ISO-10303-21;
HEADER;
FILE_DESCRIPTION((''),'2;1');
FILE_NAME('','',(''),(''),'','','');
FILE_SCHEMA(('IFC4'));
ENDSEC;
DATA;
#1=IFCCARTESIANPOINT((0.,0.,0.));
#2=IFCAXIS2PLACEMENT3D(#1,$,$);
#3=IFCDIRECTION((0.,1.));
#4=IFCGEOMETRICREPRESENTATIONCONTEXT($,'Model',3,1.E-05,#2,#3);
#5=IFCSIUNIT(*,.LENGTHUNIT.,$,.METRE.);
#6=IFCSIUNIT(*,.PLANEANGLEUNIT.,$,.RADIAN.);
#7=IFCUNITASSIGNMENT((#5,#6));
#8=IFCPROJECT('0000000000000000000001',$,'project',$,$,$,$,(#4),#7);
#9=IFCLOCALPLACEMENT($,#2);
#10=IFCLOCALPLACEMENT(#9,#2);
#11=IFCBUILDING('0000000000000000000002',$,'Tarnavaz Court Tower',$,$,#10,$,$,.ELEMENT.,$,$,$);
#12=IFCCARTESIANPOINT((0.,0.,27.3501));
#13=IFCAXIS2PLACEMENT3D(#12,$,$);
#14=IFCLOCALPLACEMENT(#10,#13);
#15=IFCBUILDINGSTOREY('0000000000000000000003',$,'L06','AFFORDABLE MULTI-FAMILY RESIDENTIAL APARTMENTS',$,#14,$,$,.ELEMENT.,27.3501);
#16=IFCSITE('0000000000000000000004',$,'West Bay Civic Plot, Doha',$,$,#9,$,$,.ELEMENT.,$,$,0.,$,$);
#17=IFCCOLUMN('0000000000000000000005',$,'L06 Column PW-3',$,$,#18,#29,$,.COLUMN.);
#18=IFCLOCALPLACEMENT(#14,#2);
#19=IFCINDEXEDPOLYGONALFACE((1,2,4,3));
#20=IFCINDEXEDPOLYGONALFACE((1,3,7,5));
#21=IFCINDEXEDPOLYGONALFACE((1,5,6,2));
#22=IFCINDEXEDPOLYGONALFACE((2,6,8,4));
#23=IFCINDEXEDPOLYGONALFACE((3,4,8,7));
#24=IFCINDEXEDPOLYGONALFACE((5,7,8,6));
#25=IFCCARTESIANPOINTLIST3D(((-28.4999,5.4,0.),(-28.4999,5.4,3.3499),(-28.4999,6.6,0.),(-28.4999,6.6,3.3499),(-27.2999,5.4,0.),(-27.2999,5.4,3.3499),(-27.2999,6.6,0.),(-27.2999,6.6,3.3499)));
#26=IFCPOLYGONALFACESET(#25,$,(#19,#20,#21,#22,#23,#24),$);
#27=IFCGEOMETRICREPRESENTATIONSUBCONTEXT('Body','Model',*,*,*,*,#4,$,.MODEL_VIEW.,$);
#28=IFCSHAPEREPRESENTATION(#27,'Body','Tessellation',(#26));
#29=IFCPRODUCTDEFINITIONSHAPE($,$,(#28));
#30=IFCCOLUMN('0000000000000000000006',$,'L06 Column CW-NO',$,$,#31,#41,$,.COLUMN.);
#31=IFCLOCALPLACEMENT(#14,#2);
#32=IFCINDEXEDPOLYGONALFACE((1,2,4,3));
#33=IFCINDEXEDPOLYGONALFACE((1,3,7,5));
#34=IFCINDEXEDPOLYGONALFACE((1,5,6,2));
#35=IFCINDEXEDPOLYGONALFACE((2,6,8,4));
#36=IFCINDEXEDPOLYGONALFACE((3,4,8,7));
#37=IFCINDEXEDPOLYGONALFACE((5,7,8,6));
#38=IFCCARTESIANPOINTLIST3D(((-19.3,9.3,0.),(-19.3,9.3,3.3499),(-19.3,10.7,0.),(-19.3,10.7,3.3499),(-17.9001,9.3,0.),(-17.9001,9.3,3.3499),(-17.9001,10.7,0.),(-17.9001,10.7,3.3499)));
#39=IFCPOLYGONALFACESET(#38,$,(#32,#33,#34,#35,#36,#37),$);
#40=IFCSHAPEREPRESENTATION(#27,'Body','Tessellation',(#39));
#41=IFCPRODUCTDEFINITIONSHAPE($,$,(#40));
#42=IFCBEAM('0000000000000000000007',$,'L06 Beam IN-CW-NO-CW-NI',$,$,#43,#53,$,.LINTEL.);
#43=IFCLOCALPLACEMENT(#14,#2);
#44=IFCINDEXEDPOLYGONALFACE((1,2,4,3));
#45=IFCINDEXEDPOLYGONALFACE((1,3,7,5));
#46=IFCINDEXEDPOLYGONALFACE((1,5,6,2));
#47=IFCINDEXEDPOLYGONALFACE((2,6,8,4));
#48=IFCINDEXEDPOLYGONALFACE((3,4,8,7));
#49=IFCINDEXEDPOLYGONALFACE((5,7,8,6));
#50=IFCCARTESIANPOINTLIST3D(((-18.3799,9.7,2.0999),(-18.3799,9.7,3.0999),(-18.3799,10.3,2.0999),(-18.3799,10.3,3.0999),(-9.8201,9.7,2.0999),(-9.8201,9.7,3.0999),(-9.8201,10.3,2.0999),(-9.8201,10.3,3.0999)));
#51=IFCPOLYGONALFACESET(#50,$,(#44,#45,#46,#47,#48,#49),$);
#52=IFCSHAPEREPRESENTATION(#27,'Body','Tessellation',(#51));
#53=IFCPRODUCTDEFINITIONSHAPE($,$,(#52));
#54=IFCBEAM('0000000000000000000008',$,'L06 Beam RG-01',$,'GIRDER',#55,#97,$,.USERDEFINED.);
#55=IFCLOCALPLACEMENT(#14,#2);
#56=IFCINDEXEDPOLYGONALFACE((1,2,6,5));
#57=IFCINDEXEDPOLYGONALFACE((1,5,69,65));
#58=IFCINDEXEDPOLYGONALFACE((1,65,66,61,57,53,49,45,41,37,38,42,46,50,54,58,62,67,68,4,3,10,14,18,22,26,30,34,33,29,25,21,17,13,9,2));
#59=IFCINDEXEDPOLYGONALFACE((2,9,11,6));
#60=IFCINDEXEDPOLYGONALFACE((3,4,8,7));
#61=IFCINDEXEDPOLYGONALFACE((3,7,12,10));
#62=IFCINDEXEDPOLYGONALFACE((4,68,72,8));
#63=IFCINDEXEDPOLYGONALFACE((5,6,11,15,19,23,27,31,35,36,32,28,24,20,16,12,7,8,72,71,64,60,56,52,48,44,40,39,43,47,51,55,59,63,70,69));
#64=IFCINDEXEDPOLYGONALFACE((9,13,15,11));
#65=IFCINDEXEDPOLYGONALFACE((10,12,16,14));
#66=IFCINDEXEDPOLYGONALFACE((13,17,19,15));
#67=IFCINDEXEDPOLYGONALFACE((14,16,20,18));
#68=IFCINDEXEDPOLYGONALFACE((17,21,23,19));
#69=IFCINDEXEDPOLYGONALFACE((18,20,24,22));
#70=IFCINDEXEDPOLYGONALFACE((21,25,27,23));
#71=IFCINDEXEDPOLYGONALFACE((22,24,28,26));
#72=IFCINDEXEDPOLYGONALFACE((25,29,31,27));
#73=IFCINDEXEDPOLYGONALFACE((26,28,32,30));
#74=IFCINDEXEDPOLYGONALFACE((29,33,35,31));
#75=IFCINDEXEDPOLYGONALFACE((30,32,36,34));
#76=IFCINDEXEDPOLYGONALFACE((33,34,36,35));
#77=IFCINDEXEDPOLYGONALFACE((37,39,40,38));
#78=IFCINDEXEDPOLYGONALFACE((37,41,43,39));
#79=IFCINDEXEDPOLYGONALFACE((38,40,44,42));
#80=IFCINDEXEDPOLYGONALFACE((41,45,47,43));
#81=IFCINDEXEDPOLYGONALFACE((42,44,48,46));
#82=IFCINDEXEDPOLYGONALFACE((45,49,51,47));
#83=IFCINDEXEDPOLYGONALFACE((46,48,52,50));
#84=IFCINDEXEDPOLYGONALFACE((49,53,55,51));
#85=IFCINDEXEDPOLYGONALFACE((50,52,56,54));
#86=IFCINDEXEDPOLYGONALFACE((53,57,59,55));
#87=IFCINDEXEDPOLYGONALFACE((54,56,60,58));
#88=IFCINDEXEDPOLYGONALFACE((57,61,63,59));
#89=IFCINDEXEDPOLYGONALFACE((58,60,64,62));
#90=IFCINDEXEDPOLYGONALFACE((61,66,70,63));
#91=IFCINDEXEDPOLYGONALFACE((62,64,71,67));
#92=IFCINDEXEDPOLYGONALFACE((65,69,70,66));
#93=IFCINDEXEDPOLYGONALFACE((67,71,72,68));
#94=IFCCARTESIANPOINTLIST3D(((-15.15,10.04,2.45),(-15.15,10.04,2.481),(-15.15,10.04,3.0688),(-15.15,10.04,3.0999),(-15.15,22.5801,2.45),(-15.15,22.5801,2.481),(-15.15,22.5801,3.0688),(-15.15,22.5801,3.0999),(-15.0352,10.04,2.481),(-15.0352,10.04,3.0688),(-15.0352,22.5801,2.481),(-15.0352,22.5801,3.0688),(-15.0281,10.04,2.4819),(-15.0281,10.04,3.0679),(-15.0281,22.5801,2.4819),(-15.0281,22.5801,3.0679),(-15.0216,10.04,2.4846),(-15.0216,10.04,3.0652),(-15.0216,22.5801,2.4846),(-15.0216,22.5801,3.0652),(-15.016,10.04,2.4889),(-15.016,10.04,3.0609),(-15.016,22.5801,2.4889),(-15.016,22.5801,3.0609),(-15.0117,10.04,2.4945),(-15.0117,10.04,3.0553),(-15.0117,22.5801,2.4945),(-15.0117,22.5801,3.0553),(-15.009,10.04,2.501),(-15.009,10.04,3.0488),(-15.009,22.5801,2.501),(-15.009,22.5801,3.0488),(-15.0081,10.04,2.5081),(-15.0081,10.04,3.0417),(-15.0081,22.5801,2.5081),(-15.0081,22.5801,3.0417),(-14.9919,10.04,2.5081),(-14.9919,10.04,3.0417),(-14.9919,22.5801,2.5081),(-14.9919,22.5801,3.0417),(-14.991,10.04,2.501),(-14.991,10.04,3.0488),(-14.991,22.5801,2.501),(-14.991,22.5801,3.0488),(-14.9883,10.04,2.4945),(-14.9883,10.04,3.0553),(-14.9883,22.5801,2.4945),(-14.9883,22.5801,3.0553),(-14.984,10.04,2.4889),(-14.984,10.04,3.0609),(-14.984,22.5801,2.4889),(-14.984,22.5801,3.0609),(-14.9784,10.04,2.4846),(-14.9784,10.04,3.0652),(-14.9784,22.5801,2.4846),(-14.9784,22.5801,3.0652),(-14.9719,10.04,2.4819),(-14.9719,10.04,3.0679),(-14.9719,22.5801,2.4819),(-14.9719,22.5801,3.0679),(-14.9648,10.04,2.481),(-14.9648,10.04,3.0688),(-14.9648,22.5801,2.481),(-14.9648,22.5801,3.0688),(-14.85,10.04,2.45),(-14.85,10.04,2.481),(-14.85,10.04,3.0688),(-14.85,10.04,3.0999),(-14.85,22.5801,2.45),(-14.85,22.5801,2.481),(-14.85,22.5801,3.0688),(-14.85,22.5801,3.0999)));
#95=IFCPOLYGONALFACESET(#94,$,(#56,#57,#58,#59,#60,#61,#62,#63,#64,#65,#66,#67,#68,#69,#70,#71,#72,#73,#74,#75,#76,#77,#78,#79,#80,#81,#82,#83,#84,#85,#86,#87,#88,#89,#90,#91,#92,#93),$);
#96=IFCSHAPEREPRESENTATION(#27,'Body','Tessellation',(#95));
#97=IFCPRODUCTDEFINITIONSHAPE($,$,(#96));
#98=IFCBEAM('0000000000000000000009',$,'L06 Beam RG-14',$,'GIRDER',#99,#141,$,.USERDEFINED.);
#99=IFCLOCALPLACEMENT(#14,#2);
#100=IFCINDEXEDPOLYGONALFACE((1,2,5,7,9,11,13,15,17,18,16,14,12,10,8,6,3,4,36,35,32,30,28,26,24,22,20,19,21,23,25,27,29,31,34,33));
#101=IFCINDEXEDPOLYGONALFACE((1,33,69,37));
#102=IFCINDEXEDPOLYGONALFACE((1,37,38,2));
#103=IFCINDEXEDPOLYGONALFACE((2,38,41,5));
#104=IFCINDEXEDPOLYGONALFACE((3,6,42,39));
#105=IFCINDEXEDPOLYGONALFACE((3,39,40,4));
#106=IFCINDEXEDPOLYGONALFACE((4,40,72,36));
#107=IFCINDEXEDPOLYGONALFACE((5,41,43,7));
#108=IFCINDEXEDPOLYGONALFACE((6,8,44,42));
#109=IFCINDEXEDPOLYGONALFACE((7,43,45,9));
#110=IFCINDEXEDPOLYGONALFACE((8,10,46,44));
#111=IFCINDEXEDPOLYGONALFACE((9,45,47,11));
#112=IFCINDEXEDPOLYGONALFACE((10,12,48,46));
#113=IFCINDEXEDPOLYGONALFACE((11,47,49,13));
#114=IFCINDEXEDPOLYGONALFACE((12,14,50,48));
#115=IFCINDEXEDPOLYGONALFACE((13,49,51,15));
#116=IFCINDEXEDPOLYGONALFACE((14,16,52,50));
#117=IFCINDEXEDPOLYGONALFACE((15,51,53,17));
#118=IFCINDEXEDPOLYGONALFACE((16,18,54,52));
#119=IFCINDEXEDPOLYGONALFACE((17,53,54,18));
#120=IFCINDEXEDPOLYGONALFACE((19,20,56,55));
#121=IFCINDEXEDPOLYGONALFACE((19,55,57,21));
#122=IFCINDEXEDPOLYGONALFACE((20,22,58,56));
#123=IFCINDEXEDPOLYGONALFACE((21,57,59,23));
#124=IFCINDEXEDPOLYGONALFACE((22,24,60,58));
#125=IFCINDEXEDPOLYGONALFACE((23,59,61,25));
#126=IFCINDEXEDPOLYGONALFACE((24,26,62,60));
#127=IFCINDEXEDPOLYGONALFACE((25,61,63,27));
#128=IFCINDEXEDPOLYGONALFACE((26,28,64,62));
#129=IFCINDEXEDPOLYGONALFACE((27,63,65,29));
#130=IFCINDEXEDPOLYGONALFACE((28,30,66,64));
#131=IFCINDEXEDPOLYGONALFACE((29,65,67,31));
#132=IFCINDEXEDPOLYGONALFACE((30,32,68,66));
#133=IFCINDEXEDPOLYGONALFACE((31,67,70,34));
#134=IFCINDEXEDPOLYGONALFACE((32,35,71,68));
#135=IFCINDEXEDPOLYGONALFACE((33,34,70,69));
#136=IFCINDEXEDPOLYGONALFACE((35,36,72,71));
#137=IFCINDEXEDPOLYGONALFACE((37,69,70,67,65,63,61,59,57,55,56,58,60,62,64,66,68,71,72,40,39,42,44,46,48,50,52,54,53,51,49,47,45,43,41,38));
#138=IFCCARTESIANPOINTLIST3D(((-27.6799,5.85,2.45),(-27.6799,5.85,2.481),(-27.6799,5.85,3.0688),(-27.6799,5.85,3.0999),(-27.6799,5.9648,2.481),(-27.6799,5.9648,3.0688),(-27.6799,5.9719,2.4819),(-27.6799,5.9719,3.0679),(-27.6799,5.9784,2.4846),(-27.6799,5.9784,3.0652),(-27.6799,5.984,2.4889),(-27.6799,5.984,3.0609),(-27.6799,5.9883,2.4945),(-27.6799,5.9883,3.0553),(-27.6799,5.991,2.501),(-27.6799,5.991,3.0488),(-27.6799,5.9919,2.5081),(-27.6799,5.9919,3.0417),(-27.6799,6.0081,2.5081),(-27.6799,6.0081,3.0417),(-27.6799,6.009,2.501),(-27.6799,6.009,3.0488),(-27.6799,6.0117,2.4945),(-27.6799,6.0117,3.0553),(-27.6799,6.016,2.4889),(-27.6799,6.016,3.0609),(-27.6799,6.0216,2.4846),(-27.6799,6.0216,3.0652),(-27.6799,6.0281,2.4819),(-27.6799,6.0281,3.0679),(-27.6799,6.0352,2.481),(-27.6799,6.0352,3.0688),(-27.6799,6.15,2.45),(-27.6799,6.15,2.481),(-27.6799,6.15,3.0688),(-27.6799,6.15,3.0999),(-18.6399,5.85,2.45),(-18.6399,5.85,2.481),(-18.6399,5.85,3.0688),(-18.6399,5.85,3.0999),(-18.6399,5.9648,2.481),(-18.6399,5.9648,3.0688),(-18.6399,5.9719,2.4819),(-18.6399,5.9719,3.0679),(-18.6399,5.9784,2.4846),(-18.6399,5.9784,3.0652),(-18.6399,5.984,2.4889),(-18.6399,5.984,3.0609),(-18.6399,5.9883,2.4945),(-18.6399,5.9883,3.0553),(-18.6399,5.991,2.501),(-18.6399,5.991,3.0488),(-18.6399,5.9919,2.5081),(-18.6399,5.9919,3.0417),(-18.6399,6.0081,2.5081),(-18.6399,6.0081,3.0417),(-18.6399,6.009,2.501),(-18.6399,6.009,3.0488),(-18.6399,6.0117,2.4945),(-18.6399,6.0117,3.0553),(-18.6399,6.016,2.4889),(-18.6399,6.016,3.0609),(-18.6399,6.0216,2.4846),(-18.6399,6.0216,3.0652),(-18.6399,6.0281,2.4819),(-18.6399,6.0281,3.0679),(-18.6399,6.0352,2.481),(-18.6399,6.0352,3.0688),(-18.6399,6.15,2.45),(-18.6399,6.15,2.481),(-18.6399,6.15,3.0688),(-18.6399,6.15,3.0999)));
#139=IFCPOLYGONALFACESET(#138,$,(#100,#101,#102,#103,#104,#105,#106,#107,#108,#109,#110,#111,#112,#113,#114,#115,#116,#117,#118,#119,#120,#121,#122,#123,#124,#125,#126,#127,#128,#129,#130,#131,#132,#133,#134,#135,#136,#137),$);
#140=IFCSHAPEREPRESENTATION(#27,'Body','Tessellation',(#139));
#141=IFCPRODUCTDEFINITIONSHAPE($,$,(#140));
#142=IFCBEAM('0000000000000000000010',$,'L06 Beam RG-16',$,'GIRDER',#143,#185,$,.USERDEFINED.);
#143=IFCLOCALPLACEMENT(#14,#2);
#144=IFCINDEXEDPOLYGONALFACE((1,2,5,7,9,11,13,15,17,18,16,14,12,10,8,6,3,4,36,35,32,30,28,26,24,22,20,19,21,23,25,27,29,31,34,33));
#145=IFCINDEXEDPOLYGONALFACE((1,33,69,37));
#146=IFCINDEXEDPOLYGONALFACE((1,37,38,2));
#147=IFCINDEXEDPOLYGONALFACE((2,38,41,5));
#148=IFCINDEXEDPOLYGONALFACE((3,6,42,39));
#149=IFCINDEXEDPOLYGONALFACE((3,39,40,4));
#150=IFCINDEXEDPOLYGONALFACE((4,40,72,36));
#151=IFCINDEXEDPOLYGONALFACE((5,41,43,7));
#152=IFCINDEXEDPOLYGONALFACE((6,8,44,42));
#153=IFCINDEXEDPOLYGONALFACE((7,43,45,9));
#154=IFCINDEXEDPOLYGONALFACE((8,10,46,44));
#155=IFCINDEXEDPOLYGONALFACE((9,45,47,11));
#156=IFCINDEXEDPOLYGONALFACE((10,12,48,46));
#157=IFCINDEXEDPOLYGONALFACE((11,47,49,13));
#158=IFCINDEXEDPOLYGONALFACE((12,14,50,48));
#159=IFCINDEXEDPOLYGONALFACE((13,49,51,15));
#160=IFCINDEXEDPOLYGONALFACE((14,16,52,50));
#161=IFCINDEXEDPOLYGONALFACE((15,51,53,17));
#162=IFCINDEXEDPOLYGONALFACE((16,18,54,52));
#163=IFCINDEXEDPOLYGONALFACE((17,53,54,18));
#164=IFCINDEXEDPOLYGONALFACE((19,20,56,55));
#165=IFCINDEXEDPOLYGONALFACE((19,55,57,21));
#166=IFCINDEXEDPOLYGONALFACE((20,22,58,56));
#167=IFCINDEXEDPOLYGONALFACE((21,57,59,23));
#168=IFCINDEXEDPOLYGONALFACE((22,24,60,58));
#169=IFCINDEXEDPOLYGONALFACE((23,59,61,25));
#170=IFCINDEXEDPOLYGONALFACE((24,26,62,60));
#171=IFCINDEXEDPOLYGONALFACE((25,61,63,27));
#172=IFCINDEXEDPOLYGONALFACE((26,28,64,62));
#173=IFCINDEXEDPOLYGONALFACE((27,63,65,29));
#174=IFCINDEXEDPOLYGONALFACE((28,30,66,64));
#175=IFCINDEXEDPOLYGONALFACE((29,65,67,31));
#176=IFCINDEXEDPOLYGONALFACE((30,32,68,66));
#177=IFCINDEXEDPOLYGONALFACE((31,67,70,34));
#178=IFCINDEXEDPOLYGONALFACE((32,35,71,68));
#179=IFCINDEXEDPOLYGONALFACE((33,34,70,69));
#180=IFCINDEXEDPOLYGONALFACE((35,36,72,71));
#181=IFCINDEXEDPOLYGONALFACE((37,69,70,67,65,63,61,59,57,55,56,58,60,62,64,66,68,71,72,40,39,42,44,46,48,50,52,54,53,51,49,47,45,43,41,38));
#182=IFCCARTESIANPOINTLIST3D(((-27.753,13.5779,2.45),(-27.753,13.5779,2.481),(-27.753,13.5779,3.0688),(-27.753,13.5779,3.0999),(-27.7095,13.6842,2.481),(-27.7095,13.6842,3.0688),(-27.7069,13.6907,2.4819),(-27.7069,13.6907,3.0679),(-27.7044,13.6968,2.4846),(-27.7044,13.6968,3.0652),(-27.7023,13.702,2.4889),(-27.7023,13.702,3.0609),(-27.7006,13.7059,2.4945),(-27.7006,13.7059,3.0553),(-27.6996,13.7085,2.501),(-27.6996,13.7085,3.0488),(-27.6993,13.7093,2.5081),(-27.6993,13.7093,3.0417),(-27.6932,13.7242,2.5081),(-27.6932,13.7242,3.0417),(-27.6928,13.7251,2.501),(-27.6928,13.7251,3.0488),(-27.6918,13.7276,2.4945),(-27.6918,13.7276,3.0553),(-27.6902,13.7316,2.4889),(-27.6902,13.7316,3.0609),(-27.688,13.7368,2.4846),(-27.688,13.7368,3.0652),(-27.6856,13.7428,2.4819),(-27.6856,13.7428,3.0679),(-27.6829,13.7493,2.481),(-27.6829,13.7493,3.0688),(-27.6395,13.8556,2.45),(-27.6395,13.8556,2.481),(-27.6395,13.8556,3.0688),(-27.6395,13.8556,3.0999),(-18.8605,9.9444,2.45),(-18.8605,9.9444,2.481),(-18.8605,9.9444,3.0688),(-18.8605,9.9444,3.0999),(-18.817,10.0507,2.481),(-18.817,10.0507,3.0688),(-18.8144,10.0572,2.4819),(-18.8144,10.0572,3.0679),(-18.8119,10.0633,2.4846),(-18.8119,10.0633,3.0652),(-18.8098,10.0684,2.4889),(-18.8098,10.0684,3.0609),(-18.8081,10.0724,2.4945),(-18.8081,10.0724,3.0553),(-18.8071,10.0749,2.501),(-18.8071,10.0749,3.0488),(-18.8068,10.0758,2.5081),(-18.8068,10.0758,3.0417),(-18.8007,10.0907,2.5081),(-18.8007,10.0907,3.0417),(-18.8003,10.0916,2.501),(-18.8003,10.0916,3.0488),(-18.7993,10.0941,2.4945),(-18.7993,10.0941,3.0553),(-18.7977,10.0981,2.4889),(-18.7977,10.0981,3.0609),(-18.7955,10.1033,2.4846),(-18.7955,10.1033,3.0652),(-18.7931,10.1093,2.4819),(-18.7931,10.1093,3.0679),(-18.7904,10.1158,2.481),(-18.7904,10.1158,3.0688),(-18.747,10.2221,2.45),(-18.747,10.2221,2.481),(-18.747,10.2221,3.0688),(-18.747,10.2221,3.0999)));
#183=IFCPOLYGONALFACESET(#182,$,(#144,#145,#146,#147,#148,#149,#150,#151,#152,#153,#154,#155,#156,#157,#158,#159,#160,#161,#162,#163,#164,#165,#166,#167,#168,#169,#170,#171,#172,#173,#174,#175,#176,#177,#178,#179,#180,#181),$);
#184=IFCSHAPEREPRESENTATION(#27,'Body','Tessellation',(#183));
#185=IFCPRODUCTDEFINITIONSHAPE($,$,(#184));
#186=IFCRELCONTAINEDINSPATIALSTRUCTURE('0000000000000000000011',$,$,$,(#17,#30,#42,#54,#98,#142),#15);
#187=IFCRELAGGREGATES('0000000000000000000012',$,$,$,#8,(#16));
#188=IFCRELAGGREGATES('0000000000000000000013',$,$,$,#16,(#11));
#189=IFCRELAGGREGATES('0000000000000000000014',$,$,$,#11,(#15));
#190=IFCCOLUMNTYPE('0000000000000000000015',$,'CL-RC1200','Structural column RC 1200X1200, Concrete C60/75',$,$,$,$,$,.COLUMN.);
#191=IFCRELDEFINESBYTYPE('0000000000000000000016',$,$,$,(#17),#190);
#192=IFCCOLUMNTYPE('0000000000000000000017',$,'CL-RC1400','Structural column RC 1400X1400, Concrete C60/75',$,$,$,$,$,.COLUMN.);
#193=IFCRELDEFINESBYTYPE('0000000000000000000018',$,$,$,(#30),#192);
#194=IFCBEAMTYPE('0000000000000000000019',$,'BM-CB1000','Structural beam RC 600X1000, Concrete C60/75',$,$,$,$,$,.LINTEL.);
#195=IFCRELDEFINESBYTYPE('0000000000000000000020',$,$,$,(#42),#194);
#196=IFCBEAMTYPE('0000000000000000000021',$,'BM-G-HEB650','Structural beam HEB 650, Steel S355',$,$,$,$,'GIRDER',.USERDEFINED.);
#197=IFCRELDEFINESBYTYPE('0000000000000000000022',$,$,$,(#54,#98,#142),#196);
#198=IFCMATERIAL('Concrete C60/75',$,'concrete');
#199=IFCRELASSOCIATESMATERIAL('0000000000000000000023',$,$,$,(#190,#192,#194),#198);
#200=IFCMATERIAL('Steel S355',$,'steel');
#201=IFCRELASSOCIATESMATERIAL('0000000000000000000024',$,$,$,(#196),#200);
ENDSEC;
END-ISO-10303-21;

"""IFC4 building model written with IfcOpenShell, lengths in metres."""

from ifc_helpers import new_model, si_unit, direction, frame, origin, origin_2d, place, context, subcontext, project, spatial, rectangle, i_section, extrude, material, material_profile, profile_set, type_object, element, save


model = new_model("IFC4")

# Units and contexts
model_context = context("Model", 3, precision=1e-05, world=origin(), true_north=direction((0.0, 1.0)))
body_context = subcontext(model_context, "Body", "Model", "MODEL_VIEW")
ifc_project = project(units=[si_unit("LENGTHUNIT", "METRE"), si_unit("PLANEANGLEUNIT", "RADIAN")], contexts=[model_context])

# Site, building, storey
site_placement = place(None, origin())
site = spatial("IfcSite", under=ifc_project, at=site_placement, Name="West Bay Civic Plot, Doha", CompositionType="ELEMENT", RefElevation=0.0)
building_placement = place(site_placement, origin())
building = spatial("IfcBuilding", under=site, at=building_placement, Name="Tarnavaz Court Tower", CompositionType="ELEMENT")
storey_placement = place(building_placement, frame((0.0, 0.0, 27.3501)))
storey = spatial("IfcBuildingStorey", under=building, at=storey_placement, Name="L06", Description="AFFORDABLE MULTI-FAMILY RESIDENTIAL APARTMENTS", CompositionType="ELEMENT", Elevation=27.3501)

# Columns
ifc_material_1 = material(Name="Concrete C60/75", Category="concrete")
ifc_material_profile_1 = material_profile(ifc_material_1, rectangle(XDim=1.2, YDim=1.2, at=origin_2d()), Name="RC 1200X1200")
ifc_profile_set_1 = profile_set([ifc_material_profile_1], Name="Concrete C60/75")
column_type_1 = type_object("IfcColumnType", Name="CL-RC1200", Description="Structural column RC 1200X1200, Concrete C60/75", PredefinedType="COLUMN", material=ifc_profile_set_1)
column_1_placement = place(storey_placement, frame((-27.8999, 6.0, 0.0), z_axis=(0.0, 0.0, 1.0), x_axis=(1.0, 0.0, 0.0)))
element("IfcColumn", 1, at=column_1_placement, inside=storey, type_object=column_type_1, Name="L06 Column PW-3", PredefinedType="COLUMN", context=body_context, shape_type="SweptSolid", body=[
    extrude(rectangle(XDim=1.2, YDim=1.2, at=origin_2d()), origin(), (0.0, 0.0, 1.0), 3.3499),
])
ifc_material_profile_2 = material_profile(ifc_material_1, rectangle(XDim=1.3999, YDim=1.3999, at=origin_2d()), Name="RC 1400X1400")
ifc_profile_set_2 = profile_set([ifc_material_profile_2], Name="Concrete C60/75")
column_type_2 = type_object("IfcColumnType", Name="CL-RC1400", Description="Structural column RC 1400X1400, Concrete C60/75", PredefinedType="COLUMN", material=ifc_profile_set_2)
column_2_placement = place(storey_placement, frame((-18.6001, 10.0, 0.0), z_axis=(0.0, 0.0, 1.0), x_axis=(1.0, 0.0, 0.0)))
element("IfcColumn", 2, at=column_2_placement, inside=storey, type_object=column_type_2, Name="L06 Column CW-NO", PredefinedType="COLUMN", context=body_context, shape_type="SweptSolid", body=[
    extrude(rectangle(XDim=1.3999, YDim=1.3999, at=origin_2d()), origin(), (0.0, 0.0, 1.0), 3.3499),
])

# Beams
ifc_material_profile_3 = material_profile(ifc_material_1, rectangle(XDim=0.6001, YDim=1.0, at=origin_2d()), Name="RC 600X1000")
ifc_profile_set_3 = profile_set([ifc_material_profile_3], Name="Concrete C60/75")
beam_type_1 = type_object("IfcBeamType", Name="BM-CB1000", Description="Structural beam RC 600X1000, Concrete C60/75", PredefinedType="LINTEL", material=ifc_profile_set_3)
beam_1_placement = place(storey_placement, frame((-18.3799, 10.0, 2.5999), z_axis=(1.0, 0.0, 0.0), x_axis=(0.0, 1.0, 0.0)))
element("IfcBeam", 3, at=beam_1_placement, inside=storey, type_object=beam_type_1, Name="L06 Beam IN-CW-NO-CW-NI", PredefinedType="LINTEL", context=body_context, shape_type="SweptSolid", body=[
    extrude(rectangle(XDim=0.6001, YDim=1.0, at=origin_2d()), origin(), (0.0, 0.0, 1.0), 8.5598),
])
ifc_material_2 = material(Name="Steel S355", Category="steel")
ifc_material_profile_4 = material_profile(ifc_material_2, i_section(OverallWidth=0.3, OverallDepth=0.6499, WebThickness=0.0161, FlangeThickness=0.031, FilletRadius=0.0271, at=origin_2d()), Name="HEB 650")
ifc_profile_set_4 = profile_set([ifc_material_profile_4], Name="Steel S355")
beam_type_2 = type_object("IfcBeamType", Name="BM-G-HEB650", Description="Structural beam HEB 650, Steel S355", ElementType="GIRDER", PredefinedType="USERDEFINED", material=ifc_profile_set_4)
beam_2_placement = place(storey_placement, frame((-15.0, 10.04, 2.7749), z_axis=(0.0, 1.0, 0.0), x_axis=(-1.0, 0.0, 0.0)))
element("IfcBeam", 4, at=beam_2_placement, inside=storey, type_object=beam_type_2, Name="L06 Beam RG-01", ObjectType="GIRDER", PredefinedType="USERDEFINED", context=body_context, shape_type="SweptSolid", body=[
    extrude(i_section(OverallWidth=0.3, OverallDepth=0.6499, WebThickness=0.0161, FlangeThickness=0.031, FilletRadius=0.0271, at=origin_2d()), origin(), (0.0, 0.0, 1.0), 12.54),
])
beam_3_placement = place(storey_placement, frame((-18.6399, 6.0, 2.7749), z_axis=(-1.0, 0.0, 0.0), x_axis=(0.0, -1.0, 0.0)))
element("IfcBeam", 5, at=beam_3_placement, inside=storey, type_object=beam_type_2, Name="L06 Beam RG-14", ObjectType="GIRDER", PredefinedType="USERDEFINED", context=body_context, shape_type="SweptSolid", body=[
    extrude(i_section(OverallWidth=0.3, OverallDepth=0.6499, WebThickness=0.0161, FlangeThickness=0.031, FilletRadius=0.0271, at=origin_2d()), origin(), (0.0, 0.0, 1.0), 9.04),
])
beam_4_placement = place(storey_placement, frame((-18.8037, 10.0833, 2.7749), z_axis=(-0.925705, 0.378247, 0.0), x_axis=(-0.378247, -0.925705, 0.0)))
element("IfcBeam", 6, at=beam_4_placement, inside=storey, type_object=beam_type_2, Name="L06 Beam RG-16", ObjectType="GIRDER", PredefinedType="USERDEFINED", context=body_context, shape_type="SweptSolid", body=[
    extrude(i_section(OverallWidth=0.3, OverallDepth=0.6499, WebThickness=0.0161, FlangeThickness=0.031, FilletRadius=0.0271, at=origin_2d()), origin(), (0.0, 0.0, 1.0), 9.6062),
])

save(model, "model.ifc")
